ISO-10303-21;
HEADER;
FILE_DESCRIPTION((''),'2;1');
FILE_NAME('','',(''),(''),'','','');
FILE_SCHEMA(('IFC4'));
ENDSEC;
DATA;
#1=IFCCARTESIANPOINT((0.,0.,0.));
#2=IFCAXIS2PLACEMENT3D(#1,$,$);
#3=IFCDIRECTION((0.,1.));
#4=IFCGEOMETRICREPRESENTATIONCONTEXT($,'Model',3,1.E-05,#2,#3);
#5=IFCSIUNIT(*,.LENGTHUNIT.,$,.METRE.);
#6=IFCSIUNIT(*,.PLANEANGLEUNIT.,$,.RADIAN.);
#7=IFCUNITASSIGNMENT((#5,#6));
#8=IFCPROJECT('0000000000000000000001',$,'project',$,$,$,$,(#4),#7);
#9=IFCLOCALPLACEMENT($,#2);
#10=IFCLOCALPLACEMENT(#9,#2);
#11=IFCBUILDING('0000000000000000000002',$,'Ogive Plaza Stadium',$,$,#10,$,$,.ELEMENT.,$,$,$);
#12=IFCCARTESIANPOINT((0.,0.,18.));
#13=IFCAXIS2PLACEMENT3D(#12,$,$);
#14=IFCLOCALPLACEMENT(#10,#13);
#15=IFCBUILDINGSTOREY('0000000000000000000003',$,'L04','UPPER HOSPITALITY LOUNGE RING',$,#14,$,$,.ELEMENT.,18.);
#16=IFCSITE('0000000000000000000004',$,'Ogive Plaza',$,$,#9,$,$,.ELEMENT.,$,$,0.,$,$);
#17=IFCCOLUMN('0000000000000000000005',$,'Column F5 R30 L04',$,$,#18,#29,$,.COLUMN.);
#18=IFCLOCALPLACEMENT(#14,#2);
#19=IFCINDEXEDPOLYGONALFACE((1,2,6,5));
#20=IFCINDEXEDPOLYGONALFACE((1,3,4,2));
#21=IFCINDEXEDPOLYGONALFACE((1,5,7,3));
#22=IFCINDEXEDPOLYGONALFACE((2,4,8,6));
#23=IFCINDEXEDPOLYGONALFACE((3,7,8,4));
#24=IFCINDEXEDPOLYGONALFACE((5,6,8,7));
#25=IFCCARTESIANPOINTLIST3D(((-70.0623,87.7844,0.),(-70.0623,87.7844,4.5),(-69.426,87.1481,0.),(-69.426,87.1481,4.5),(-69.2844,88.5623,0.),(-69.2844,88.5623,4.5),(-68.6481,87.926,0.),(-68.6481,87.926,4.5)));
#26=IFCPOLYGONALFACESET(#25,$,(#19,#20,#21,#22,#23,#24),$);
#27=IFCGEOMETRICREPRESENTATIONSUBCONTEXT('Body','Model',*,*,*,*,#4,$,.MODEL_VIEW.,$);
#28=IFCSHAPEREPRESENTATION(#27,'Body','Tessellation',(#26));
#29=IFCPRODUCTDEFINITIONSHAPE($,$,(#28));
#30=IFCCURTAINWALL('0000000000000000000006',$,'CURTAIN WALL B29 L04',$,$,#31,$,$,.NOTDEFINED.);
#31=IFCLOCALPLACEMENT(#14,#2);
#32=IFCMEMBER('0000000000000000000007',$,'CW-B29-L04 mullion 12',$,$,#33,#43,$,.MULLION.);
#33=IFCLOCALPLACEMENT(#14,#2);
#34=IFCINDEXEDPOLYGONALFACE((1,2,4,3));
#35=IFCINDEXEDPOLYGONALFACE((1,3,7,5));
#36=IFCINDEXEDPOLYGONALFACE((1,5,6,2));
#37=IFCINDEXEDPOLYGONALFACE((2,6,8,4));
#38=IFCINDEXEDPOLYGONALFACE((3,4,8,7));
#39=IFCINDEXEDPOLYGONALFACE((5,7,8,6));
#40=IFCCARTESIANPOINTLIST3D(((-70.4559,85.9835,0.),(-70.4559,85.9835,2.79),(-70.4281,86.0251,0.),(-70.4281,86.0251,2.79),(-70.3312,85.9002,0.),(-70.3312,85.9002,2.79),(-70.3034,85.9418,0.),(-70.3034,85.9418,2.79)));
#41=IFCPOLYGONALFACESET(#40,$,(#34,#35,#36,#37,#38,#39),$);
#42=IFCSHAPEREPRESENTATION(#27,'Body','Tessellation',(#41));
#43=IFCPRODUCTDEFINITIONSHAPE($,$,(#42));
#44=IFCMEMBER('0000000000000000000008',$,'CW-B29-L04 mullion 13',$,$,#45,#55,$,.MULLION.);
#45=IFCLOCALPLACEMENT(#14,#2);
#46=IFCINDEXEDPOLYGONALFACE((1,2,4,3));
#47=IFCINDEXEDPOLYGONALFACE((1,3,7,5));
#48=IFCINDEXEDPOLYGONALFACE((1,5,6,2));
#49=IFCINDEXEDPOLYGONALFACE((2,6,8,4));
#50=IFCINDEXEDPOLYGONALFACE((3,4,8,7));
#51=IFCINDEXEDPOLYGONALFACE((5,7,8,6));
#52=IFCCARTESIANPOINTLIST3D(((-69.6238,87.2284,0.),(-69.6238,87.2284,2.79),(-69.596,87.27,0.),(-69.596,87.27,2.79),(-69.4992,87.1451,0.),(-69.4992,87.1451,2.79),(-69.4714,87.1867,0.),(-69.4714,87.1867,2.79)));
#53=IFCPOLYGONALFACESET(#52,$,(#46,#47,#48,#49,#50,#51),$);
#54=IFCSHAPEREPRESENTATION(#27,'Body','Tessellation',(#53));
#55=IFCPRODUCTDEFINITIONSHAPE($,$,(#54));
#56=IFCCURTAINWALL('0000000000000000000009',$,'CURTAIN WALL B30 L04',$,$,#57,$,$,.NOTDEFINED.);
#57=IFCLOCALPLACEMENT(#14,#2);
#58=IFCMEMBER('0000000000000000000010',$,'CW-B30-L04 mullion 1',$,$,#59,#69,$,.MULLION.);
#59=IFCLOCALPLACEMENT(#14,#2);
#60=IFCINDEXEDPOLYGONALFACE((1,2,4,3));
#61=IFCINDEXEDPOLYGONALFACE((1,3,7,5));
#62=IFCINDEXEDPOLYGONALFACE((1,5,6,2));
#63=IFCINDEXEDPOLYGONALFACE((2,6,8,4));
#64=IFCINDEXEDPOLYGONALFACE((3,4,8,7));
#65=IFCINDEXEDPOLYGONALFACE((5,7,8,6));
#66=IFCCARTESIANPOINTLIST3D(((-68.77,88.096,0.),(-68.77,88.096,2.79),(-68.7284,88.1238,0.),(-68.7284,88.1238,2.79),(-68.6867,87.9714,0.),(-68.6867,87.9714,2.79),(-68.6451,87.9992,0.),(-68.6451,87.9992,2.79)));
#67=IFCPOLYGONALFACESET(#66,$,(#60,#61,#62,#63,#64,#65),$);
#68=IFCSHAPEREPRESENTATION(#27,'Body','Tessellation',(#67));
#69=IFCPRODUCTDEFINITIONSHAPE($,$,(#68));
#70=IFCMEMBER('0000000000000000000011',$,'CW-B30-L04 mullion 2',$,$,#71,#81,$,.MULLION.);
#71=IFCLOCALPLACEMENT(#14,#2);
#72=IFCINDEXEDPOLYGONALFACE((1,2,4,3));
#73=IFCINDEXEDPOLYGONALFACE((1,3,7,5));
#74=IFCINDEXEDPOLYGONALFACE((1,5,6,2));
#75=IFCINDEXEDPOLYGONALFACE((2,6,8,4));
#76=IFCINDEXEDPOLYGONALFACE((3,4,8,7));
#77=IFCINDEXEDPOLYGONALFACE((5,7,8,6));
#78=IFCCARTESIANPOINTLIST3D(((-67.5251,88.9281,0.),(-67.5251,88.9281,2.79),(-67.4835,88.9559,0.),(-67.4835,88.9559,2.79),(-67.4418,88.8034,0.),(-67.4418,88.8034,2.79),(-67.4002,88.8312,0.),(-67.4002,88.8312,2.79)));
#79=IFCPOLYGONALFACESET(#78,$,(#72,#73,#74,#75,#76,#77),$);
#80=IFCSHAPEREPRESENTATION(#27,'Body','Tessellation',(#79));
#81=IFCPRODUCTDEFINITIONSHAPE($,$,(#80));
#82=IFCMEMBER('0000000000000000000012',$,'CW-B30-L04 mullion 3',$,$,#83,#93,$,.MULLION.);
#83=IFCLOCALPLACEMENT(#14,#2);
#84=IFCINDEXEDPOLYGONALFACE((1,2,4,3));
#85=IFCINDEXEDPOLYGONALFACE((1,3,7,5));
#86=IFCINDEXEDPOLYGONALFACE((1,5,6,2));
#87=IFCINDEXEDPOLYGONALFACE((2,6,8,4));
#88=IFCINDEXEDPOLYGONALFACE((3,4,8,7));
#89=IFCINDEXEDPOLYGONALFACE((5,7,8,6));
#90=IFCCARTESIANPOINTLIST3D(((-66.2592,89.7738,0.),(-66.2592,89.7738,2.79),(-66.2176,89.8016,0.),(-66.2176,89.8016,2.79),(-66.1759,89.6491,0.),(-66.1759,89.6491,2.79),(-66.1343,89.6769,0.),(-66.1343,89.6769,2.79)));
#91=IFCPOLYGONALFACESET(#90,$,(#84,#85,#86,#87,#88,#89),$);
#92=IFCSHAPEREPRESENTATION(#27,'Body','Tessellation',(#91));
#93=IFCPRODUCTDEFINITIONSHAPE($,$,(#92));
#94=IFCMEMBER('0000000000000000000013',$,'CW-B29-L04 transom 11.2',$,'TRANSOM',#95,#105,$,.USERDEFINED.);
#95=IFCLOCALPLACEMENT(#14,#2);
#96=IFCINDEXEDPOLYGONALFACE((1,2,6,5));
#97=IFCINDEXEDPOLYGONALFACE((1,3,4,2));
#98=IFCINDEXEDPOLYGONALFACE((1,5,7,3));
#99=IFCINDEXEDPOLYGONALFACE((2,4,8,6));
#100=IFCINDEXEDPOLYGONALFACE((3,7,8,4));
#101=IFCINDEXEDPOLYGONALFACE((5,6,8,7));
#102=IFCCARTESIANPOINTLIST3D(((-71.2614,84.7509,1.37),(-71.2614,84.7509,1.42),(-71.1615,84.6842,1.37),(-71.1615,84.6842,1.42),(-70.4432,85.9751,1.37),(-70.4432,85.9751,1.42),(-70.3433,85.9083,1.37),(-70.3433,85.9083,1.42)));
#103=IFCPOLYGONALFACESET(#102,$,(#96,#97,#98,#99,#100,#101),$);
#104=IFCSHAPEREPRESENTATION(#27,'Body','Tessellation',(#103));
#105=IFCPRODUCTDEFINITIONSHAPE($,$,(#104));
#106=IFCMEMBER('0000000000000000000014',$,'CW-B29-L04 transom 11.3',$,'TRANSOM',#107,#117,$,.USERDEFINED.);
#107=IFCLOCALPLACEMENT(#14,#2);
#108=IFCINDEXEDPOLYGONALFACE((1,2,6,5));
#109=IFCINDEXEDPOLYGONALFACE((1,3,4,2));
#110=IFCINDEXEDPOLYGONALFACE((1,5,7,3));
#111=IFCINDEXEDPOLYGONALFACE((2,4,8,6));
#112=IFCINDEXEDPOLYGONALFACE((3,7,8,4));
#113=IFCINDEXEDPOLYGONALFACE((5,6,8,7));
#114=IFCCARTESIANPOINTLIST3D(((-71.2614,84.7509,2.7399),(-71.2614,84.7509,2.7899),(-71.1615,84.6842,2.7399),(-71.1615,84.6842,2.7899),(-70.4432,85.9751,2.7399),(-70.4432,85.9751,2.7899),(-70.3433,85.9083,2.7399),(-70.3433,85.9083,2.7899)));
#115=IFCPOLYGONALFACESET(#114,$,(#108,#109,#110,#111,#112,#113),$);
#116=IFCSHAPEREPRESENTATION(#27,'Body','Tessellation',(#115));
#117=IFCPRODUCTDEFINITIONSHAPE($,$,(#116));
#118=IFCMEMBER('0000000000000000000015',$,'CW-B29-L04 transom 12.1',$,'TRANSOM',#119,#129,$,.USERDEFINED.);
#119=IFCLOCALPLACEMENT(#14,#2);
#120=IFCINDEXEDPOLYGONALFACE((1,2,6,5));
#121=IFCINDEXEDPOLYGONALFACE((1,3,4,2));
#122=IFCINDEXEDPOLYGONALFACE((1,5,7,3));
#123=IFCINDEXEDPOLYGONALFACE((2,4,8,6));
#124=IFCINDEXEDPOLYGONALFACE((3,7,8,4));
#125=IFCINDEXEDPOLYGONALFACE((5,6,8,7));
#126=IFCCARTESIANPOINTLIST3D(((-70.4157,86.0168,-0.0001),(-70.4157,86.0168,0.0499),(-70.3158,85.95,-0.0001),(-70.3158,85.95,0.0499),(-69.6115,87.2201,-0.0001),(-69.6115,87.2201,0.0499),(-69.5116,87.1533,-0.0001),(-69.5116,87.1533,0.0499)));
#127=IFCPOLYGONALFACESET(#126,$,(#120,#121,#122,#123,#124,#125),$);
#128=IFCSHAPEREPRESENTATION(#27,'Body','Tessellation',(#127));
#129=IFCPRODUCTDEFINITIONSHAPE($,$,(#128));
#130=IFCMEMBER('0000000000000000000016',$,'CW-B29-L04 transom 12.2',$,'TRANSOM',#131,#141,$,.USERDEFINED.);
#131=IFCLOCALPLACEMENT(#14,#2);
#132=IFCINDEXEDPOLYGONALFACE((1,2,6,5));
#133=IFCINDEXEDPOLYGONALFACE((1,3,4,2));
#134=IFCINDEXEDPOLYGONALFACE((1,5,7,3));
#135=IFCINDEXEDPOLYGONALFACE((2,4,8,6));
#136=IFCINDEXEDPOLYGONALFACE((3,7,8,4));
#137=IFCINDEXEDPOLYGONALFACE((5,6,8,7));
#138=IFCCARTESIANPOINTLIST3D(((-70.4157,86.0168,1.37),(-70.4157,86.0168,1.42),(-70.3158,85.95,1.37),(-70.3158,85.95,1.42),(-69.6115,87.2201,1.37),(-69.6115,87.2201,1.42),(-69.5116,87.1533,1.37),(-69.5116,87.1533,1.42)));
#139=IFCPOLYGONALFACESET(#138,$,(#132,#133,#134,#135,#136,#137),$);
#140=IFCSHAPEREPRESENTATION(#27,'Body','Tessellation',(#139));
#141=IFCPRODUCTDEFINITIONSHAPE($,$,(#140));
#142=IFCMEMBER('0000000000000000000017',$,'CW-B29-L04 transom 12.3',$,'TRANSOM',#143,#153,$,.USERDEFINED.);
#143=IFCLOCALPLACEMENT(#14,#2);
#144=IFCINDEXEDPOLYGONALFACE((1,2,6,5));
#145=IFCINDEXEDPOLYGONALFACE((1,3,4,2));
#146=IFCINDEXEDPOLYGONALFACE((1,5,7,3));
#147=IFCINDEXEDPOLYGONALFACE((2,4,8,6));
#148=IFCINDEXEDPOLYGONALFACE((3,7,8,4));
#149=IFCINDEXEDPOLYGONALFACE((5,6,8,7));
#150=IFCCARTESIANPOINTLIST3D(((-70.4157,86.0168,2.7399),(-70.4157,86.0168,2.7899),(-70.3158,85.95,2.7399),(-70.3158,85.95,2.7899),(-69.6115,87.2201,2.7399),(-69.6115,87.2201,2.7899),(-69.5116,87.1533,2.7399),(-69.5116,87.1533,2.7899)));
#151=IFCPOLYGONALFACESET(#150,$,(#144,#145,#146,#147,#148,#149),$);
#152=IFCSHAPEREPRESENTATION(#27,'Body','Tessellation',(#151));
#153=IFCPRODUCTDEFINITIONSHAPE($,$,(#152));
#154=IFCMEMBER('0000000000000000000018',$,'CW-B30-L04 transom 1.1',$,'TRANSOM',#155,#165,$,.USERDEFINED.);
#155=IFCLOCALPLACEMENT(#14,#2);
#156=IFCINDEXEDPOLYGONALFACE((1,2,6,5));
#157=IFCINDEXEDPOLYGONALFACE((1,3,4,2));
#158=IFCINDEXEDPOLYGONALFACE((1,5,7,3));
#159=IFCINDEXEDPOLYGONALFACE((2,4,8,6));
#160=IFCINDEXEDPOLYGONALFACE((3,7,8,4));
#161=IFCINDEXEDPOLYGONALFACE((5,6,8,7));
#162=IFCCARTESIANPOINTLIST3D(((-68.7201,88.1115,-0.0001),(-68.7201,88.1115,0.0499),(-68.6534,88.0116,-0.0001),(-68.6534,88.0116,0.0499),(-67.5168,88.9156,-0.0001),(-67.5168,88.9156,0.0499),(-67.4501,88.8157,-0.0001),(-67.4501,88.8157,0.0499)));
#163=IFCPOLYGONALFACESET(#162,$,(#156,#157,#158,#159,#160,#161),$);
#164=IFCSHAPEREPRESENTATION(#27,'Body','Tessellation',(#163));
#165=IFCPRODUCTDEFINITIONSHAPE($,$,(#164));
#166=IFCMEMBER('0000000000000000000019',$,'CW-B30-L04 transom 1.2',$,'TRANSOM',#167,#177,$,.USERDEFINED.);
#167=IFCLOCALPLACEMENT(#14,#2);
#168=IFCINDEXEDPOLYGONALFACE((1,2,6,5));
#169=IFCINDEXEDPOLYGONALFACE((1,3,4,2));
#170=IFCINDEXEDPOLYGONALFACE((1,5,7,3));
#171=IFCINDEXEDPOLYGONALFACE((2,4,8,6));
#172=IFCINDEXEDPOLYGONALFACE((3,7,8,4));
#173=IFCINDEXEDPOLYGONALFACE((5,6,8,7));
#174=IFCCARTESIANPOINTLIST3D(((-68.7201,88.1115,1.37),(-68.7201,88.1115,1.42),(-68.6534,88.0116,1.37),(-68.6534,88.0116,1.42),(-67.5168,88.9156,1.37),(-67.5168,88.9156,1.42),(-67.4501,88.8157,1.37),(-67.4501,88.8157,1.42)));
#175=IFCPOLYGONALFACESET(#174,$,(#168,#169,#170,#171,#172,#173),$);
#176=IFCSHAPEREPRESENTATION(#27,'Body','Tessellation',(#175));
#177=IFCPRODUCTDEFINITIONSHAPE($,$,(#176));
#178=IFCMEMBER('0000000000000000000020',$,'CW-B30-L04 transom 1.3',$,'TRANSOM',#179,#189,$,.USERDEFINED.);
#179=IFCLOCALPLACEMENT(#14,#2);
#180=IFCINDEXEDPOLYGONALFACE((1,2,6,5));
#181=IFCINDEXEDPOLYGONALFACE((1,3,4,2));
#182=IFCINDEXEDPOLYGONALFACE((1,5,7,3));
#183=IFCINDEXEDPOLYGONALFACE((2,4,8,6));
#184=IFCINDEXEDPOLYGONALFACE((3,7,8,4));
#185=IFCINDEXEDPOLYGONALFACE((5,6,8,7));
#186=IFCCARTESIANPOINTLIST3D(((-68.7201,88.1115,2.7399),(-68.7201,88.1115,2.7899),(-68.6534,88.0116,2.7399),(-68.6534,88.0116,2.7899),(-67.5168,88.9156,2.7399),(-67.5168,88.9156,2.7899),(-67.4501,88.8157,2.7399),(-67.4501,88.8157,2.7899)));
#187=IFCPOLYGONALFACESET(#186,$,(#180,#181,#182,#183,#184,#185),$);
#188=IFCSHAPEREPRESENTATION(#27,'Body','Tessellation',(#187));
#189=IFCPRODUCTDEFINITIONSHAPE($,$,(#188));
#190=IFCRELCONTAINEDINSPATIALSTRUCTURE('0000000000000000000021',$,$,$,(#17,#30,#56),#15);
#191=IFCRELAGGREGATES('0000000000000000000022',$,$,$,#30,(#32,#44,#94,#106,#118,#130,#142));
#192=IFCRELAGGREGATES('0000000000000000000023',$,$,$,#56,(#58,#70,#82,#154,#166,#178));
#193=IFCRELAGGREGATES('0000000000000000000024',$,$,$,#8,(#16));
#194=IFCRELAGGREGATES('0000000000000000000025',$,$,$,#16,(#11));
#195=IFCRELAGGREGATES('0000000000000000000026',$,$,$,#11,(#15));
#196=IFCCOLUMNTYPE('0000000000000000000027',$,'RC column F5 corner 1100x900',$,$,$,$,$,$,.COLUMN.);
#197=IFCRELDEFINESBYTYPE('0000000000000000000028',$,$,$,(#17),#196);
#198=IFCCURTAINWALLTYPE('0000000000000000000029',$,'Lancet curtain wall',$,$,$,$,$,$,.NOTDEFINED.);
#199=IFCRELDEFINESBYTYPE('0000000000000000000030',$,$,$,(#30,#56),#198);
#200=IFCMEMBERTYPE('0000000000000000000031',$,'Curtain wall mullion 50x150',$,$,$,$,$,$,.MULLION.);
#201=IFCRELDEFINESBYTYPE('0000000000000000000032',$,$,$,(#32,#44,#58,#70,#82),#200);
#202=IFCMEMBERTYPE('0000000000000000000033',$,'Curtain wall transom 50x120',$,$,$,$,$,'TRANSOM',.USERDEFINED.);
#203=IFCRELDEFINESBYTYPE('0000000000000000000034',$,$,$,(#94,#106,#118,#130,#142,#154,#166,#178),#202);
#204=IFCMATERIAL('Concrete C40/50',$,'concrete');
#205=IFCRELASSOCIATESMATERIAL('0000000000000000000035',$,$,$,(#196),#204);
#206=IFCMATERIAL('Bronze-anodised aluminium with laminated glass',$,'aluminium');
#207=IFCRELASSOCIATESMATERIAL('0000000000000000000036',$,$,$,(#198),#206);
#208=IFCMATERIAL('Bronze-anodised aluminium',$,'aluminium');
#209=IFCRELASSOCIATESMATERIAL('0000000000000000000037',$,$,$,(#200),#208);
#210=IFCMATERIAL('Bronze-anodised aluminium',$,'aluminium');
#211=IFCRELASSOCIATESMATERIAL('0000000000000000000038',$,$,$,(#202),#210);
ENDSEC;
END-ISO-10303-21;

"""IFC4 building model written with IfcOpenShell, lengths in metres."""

from ifc_helpers import new_model, si_unit, direction, frame, origin, origin_2d, place, context, subcontext, project, spatial, rectangle, extrude, material, material_profile, profile_set, type_object, element, aggregate, save


model = new_model("IFC4")

# Units and contexts
model_context = context("Model", 3, precision=1e-05, world=origin(), true_north=direction((0.0, 1.0)))
body_context = subcontext(model_context, "Body", "Model", "MODEL_VIEW")
ifc_project = project(units=[si_unit("LENGTHUNIT", "METRE"), si_unit("PLANEANGLEUNIT", "RADIAN")], contexts=[model_context])

# Site, building, storey
site_placement = place(None, origin())
site = spatial("IfcSite", under=ifc_project, at=site_placement, Name="Ogive Plaza", CompositionType="ELEMENT", RefElevation=0.0)
building_placement = place(site_placement, origin())
building = spatial("IfcBuilding", under=site, at=building_placement, Name="Ogive Plaza Stadium", CompositionType="ELEMENT")
storey_placement = place(building_placement, frame((0.0, 0.0, 18.0)))
storey = spatial("IfcBuildingStorey", under=building, at=storey_placement, Name="L04", Description="UPPER HOSPITALITY LOUNGE RING", CompositionType="ELEMENT", Elevation=18.0)

# Column
ifc_material_1 = material(Name="Concrete C40/50", Category="concrete")
ifc_material_profile_1 = material_profile(ifc_material_1, rectangle(XDim=1.1001, YDim=0.8999, at=origin_2d()), Name="RC 1100x900")
ifc_profile_set_1 = profile_set([ifc_material_profile_1], Name="Concrete C40/50")
column_type = type_object("IfcColumnType", Name="RC column F5 corner 1100x900", PredefinedType="COLUMN", material=ifc_profile_set_1)
column_placement = place(storey_placement, frame((-69.3552, 87.8552, 0.0), z_axis=(0.0, 0.0, 1.0), x_axis=(-0.707107, -0.707107, 0.0)))
element("IfcColumn", 1, at=column_placement, inside=storey, type_object=column_type, Name="Column F5 R30 L04", PredefinedType="COLUMN", context=body_context, shape_type="SweptSolid", body=[
    extrude(rectangle(XDim=1.1001, YDim=0.8999, at=origin_2d()), origin(), (0.0, 0.0, 1.0), 4.5),
])

# Curtain walls, members
ifc_material_2 = material(Name="Bronze-anodised aluminium with laminated glass", Category="aluminium")
curtain_wall_type = type_object("IfcCurtainWallType", Name="Lancet curtain wall", PredefinedType="NOTDEFINED", material=ifc_material_2)
curtain_wall_1_placement = place(storey_placement, origin())
curtain_wall_1 = element("IfcCurtainWall", 2, at=curtain_wall_1_placement, inside=storey, type_object=curtain_wall_type, Name="CURTAIN WALL B29 L04", PredefinedType="NOTDEFINED")
ifc_material_3 = material(Name="Bronze-anodised aluminium", Category="aluminium")
ifc_material_profile_2 = material_profile(ifc_material_3, rectangle(XDim=0.1499, YDim=0.05, at=origin_2d()), Name="AL 150x50")
ifc_profile_set_2 = profile_set([ifc_material_profile_2], Name="Bronze-anodised aluminium")
member_type_1 = type_object("IfcMemberType", Name="Curtain wall mullion 50x150", PredefinedType="MULLION", material=ifc_profile_set_2)
member_1_placement = place(storey_placement, frame((-70.3796, 85.9626, 0.0), z_axis=(0.0, 0.0, 1.0), x_axis=(-0.83147, 0.55557, 0.0)))
member_1 = element("IfcMember", 3, at=member_1_placement, type_object=member_type_1, Name="CW-B29-L04 mullion 12", PredefinedType="MULLION", context=body_context, shape_type="SweptSolid", body=[
    extrude(rectangle(XDim=0.1499, YDim=0.05, at=origin_2d()), origin(), (0.0, 0.0, 1.0), 2.79),
])
member_2_placement = place(storey_placement, frame((-69.5476, 87.2075, 0.0), z_axis=(0.0, 0.0, 1.0), x_axis=(-0.83147, 0.55557, 0.0)))
member_2 = element("IfcMember", 4, at=member_2_placement, type_object=member_type_1, Name="CW-B29-L04 mullion 13", PredefinedType="MULLION", context=body_context, shape_type="SweptSolid", body=[
    extrude(rectangle(XDim=0.1499, YDim=0.05, at=origin_2d()), origin(), (0.0, 0.0, 1.0), 2.79),
])
curtain_wall_2_placement = place(storey_placement, origin())
curtain_wall_2 = element("IfcCurtainWall", 5, at=curtain_wall_2_placement, inside=storey, type_object=curtain_wall_type, Name="CURTAIN WALL B30 L04", PredefinedType="NOTDEFINED")
member_3_placement = place(storey_placement, frame((-68.7075, 88.0476, 0.0), z_axis=(0.0, 0.0, 1.0), x_axis=(-0.55557, 0.83147, 0.0)))
member_3 = element("IfcMember", 6, at=member_3_placement, type_object=member_type_1, Name="CW-B30-L04 mullion 1", PredefinedType="MULLION", context=body_context, shape_type="SweptSolid", body=[
    extrude(rectangle(XDim=0.1499, YDim=0.05, at=origin_2d()), origin(), (0.0, 0.0, 1.0), 2.79),
])
member_4_placement = place(storey_placement, frame((-67.4626, 88.8796, 0.0), z_axis=(0.0, 0.0, 1.0), x_axis=(-0.55557, 0.83147, 0.0)))
member_4 = element("IfcMember", 7, at=member_4_placement, type_object=member_type_1, Name="CW-B30-L04 mullion 2", PredefinedType="MULLION", context=body_context, shape_type="SweptSolid", body=[
    extrude(rectangle(XDim=0.1499, YDim=0.05, at=origin_2d()), origin(), (0.0, 0.0, 1.0), 2.79),
])
member_5_placement = place(storey_placement, frame((-66.1968, 89.7253, 0.0), z_axis=(0.0, 0.0, 1.0), x_axis=(-0.55557, 0.83147, 0.0)))
member_5 = element("IfcMember", 8, at=member_5_placement, type_object=member_type_1, Name="CW-B30-L04 mullion 3", PredefinedType="MULLION", context=body_context, shape_type="SweptSolid", body=[
    extrude(rectangle(XDim=0.1499, YDim=0.05, at=origin_2d()), origin(), (0.0, 0.0, 1.0), 2.79),
])

# Members
ifc_material_4 = material(Name="Bronze-anodised aluminium", Category="aluminium")
ifc_material_profile_3 = material_profile(ifc_material_4, rectangle(XDim=0.1201, YDim=0.05, at=origin_2d()), Name="AL 120x50")
ifc_profile_set_3 = profile_set([ifc_material_profile_3], Name="Bronze-anodised aluminium")
member_type_2 = type_object("IfcMemberType", Name="Curtain wall transom 50x120", ElementType="TRANSOM", PredefinedType="USERDEFINED", material=ifc_profile_set_3)
member_6_placement = place(storey_placement, frame((-71.2114, 84.7175, 1.395), z_axis=(0.555656, 0.831412, 0.0), x_axis=(-0.831412, 0.555656, 0.0)))
member_6 = element("IfcMember", 9, at=member_6_placement, type_object=member_type_2, Name="CW-B29-L04 transom 11.2", ObjectType="TRANSOM", PredefinedType="USERDEFINED", context=body_context, shape_type="SweptSolid", body=[
    extrude(rectangle(XDim=0.1201, YDim=0.05, at=origin_2d()), origin(), (0.0, 0.0, 1.0), 1.4724),
])
member_7_placement = place(storey_placement, frame((-71.2114, 84.7175, 2.7649), z_axis=(0.555656, 0.831412, 0.0), x_axis=(-0.831412, 0.555656, 0.0)))
member_7 = element("IfcMember", 10, at=member_7_placement, type_object=member_type_2, Name="CW-B29-L04 transom 11.3", ObjectType="TRANSOM", PredefinedType="USERDEFINED", context=body_context, shape_type="SweptSolid", body=[
    extrude(rectangle(XDim=0.1201, YDim=0.05, at=origin_2d()), origin(), (0.0, 0.0, 1.0), 1.4724),
])
member_8_placement = place(storey_placement, frame((-70.3657, 85.9834, 0.0249), z_axis=(0.555634, 0.831427, 0.0), x_axis=(-0.831427, 0.555634, 0.0)))
member_8 = element("IfcMember", 11, at=member_8_placement, type_object=member_type_2, Name="CW-B29-L04 transom 12.1", ObjectType="TRANSOM", PredefinedType="USERDEFINED", context=body_context, shape_type="SweptSolid", body=[
    extrude(rectangle(XDim=0.1201, YDim=0.05, at=origin_2d()), origin(), (0.0, 0.0, 1.0), 1.4473),
])
member_9_placement = place(storey_placement, frame((-70.3657, 85.9834, 1.395), z_axis=(0.555634, 0.831427, 0.0), x_axis=(-0.831427, 0.555634, 0.0)))
member_9 = element("IfcMember", 12, at=member_9_placement, type_object=member_type_2, Name="CW-B29-L04 transom 12.2", ObjectType="TRANSOM", PredefinedType="USERDEFINED", context=body_context, shape_type="SweptSolid", body=[
    extrude(rectangle(XDim=0.1201, YDim=0.05, at=origin_2d()), origin(), (0.0, 0.0, 1.0), 1.4473),
])
member_10_placement = place(storey_placement, frame((-70.3657, 85.9834, 2.7649), z_axis=(0.555634, 0.831427, 0.0), x_axis=(-0.831427, 0.555634, 0.0)))
member_10 = element("IfcMember", 13, at=member_10_placement, type_object=member_type_2, Name="CW-B29-L04 transom 12.3", ObjectType="TRANSOM", PredefinedType="USERDEFINED", context=body_context, shape_type="SweptSolid", body=[
    extrude(rectangle(XDim=0.1201, YDim=0.05, at=origin_2d()), origin(), (0.0, 0.0, 1.0), 1.4473),
])
member_11_placement = place(storey_placement, frame((-68.6868, 88.0615, 0.0249), z_axis=(0.831427, 0.555634, 0.0), x_axis=(-0.555634, 0.831427, 0.0)))
member_11 = element("IfcMember", 14, at=member_11_placement, type_object=member_type_2, Name="CW-B30-L04 transom 1.1", ObjectType="TRANSOM", PredefinedType="USERDEFINED", context=body_context, shape_type="SweptSolid", body=[
    extrude(rectangle(XDim=0.1201, YDim=0.05, at=origin_2d()), origin(), (0.0, 0.0, 1.0), 1.4473),
])
member_12_placement = place(storey_placement, frame((-68.6868, 88.0615, 1.395), z_axis=(0.831427, 0.555634, 0.0), x_axis=(-0.555634, 0.831427, 0.0)))
member_12 = element("IfcMember", 15, at=member_12_placement, type_object=member_type_2, Name="CW-B30-L04 transom 1.2", ObjectType="TRANSOM", PredefinedType="USERDEFINED", context=body_context, shape_type="SweptSolid", body=[
    extrude(rectangle(XDim=0.1201, YDim=0.05, at=origin_2d()), origin(), (0.0, 0.0, 1.0), 1.4473),
])
member_13_placement = place(storey_placement, frame((-68.6868, 88.0615, 2.7649), z_axis=(0.831427, 0.555634, 0.0), x_axis=(-0.555634, 0.831427, 0.0)))
member_13 = element("IfcMember", 16, at=member_13_placement, type_object=member_type_2, Name="CW-B30-L04 transom 1.3", ObjectType="TRANSOM", PredefinedType="USERDEFINED", context=body_context, shape_type="SweptSolid", body=[
    extrude(rectangle(XDim=0.1201, YDim=0.05, at=origin_2d()), origin(), (0.0, 0.0, 1.0), 1.4473),
])

aggregate(curtain_wall_1, [member_1, member_2, member_6, member_7, member_8, member_9, member_10])
aggregate(curtain_wall_2, [member_3, member_4, member_5, member_11, member_12, member_13])

save(model, "model.ifc")
